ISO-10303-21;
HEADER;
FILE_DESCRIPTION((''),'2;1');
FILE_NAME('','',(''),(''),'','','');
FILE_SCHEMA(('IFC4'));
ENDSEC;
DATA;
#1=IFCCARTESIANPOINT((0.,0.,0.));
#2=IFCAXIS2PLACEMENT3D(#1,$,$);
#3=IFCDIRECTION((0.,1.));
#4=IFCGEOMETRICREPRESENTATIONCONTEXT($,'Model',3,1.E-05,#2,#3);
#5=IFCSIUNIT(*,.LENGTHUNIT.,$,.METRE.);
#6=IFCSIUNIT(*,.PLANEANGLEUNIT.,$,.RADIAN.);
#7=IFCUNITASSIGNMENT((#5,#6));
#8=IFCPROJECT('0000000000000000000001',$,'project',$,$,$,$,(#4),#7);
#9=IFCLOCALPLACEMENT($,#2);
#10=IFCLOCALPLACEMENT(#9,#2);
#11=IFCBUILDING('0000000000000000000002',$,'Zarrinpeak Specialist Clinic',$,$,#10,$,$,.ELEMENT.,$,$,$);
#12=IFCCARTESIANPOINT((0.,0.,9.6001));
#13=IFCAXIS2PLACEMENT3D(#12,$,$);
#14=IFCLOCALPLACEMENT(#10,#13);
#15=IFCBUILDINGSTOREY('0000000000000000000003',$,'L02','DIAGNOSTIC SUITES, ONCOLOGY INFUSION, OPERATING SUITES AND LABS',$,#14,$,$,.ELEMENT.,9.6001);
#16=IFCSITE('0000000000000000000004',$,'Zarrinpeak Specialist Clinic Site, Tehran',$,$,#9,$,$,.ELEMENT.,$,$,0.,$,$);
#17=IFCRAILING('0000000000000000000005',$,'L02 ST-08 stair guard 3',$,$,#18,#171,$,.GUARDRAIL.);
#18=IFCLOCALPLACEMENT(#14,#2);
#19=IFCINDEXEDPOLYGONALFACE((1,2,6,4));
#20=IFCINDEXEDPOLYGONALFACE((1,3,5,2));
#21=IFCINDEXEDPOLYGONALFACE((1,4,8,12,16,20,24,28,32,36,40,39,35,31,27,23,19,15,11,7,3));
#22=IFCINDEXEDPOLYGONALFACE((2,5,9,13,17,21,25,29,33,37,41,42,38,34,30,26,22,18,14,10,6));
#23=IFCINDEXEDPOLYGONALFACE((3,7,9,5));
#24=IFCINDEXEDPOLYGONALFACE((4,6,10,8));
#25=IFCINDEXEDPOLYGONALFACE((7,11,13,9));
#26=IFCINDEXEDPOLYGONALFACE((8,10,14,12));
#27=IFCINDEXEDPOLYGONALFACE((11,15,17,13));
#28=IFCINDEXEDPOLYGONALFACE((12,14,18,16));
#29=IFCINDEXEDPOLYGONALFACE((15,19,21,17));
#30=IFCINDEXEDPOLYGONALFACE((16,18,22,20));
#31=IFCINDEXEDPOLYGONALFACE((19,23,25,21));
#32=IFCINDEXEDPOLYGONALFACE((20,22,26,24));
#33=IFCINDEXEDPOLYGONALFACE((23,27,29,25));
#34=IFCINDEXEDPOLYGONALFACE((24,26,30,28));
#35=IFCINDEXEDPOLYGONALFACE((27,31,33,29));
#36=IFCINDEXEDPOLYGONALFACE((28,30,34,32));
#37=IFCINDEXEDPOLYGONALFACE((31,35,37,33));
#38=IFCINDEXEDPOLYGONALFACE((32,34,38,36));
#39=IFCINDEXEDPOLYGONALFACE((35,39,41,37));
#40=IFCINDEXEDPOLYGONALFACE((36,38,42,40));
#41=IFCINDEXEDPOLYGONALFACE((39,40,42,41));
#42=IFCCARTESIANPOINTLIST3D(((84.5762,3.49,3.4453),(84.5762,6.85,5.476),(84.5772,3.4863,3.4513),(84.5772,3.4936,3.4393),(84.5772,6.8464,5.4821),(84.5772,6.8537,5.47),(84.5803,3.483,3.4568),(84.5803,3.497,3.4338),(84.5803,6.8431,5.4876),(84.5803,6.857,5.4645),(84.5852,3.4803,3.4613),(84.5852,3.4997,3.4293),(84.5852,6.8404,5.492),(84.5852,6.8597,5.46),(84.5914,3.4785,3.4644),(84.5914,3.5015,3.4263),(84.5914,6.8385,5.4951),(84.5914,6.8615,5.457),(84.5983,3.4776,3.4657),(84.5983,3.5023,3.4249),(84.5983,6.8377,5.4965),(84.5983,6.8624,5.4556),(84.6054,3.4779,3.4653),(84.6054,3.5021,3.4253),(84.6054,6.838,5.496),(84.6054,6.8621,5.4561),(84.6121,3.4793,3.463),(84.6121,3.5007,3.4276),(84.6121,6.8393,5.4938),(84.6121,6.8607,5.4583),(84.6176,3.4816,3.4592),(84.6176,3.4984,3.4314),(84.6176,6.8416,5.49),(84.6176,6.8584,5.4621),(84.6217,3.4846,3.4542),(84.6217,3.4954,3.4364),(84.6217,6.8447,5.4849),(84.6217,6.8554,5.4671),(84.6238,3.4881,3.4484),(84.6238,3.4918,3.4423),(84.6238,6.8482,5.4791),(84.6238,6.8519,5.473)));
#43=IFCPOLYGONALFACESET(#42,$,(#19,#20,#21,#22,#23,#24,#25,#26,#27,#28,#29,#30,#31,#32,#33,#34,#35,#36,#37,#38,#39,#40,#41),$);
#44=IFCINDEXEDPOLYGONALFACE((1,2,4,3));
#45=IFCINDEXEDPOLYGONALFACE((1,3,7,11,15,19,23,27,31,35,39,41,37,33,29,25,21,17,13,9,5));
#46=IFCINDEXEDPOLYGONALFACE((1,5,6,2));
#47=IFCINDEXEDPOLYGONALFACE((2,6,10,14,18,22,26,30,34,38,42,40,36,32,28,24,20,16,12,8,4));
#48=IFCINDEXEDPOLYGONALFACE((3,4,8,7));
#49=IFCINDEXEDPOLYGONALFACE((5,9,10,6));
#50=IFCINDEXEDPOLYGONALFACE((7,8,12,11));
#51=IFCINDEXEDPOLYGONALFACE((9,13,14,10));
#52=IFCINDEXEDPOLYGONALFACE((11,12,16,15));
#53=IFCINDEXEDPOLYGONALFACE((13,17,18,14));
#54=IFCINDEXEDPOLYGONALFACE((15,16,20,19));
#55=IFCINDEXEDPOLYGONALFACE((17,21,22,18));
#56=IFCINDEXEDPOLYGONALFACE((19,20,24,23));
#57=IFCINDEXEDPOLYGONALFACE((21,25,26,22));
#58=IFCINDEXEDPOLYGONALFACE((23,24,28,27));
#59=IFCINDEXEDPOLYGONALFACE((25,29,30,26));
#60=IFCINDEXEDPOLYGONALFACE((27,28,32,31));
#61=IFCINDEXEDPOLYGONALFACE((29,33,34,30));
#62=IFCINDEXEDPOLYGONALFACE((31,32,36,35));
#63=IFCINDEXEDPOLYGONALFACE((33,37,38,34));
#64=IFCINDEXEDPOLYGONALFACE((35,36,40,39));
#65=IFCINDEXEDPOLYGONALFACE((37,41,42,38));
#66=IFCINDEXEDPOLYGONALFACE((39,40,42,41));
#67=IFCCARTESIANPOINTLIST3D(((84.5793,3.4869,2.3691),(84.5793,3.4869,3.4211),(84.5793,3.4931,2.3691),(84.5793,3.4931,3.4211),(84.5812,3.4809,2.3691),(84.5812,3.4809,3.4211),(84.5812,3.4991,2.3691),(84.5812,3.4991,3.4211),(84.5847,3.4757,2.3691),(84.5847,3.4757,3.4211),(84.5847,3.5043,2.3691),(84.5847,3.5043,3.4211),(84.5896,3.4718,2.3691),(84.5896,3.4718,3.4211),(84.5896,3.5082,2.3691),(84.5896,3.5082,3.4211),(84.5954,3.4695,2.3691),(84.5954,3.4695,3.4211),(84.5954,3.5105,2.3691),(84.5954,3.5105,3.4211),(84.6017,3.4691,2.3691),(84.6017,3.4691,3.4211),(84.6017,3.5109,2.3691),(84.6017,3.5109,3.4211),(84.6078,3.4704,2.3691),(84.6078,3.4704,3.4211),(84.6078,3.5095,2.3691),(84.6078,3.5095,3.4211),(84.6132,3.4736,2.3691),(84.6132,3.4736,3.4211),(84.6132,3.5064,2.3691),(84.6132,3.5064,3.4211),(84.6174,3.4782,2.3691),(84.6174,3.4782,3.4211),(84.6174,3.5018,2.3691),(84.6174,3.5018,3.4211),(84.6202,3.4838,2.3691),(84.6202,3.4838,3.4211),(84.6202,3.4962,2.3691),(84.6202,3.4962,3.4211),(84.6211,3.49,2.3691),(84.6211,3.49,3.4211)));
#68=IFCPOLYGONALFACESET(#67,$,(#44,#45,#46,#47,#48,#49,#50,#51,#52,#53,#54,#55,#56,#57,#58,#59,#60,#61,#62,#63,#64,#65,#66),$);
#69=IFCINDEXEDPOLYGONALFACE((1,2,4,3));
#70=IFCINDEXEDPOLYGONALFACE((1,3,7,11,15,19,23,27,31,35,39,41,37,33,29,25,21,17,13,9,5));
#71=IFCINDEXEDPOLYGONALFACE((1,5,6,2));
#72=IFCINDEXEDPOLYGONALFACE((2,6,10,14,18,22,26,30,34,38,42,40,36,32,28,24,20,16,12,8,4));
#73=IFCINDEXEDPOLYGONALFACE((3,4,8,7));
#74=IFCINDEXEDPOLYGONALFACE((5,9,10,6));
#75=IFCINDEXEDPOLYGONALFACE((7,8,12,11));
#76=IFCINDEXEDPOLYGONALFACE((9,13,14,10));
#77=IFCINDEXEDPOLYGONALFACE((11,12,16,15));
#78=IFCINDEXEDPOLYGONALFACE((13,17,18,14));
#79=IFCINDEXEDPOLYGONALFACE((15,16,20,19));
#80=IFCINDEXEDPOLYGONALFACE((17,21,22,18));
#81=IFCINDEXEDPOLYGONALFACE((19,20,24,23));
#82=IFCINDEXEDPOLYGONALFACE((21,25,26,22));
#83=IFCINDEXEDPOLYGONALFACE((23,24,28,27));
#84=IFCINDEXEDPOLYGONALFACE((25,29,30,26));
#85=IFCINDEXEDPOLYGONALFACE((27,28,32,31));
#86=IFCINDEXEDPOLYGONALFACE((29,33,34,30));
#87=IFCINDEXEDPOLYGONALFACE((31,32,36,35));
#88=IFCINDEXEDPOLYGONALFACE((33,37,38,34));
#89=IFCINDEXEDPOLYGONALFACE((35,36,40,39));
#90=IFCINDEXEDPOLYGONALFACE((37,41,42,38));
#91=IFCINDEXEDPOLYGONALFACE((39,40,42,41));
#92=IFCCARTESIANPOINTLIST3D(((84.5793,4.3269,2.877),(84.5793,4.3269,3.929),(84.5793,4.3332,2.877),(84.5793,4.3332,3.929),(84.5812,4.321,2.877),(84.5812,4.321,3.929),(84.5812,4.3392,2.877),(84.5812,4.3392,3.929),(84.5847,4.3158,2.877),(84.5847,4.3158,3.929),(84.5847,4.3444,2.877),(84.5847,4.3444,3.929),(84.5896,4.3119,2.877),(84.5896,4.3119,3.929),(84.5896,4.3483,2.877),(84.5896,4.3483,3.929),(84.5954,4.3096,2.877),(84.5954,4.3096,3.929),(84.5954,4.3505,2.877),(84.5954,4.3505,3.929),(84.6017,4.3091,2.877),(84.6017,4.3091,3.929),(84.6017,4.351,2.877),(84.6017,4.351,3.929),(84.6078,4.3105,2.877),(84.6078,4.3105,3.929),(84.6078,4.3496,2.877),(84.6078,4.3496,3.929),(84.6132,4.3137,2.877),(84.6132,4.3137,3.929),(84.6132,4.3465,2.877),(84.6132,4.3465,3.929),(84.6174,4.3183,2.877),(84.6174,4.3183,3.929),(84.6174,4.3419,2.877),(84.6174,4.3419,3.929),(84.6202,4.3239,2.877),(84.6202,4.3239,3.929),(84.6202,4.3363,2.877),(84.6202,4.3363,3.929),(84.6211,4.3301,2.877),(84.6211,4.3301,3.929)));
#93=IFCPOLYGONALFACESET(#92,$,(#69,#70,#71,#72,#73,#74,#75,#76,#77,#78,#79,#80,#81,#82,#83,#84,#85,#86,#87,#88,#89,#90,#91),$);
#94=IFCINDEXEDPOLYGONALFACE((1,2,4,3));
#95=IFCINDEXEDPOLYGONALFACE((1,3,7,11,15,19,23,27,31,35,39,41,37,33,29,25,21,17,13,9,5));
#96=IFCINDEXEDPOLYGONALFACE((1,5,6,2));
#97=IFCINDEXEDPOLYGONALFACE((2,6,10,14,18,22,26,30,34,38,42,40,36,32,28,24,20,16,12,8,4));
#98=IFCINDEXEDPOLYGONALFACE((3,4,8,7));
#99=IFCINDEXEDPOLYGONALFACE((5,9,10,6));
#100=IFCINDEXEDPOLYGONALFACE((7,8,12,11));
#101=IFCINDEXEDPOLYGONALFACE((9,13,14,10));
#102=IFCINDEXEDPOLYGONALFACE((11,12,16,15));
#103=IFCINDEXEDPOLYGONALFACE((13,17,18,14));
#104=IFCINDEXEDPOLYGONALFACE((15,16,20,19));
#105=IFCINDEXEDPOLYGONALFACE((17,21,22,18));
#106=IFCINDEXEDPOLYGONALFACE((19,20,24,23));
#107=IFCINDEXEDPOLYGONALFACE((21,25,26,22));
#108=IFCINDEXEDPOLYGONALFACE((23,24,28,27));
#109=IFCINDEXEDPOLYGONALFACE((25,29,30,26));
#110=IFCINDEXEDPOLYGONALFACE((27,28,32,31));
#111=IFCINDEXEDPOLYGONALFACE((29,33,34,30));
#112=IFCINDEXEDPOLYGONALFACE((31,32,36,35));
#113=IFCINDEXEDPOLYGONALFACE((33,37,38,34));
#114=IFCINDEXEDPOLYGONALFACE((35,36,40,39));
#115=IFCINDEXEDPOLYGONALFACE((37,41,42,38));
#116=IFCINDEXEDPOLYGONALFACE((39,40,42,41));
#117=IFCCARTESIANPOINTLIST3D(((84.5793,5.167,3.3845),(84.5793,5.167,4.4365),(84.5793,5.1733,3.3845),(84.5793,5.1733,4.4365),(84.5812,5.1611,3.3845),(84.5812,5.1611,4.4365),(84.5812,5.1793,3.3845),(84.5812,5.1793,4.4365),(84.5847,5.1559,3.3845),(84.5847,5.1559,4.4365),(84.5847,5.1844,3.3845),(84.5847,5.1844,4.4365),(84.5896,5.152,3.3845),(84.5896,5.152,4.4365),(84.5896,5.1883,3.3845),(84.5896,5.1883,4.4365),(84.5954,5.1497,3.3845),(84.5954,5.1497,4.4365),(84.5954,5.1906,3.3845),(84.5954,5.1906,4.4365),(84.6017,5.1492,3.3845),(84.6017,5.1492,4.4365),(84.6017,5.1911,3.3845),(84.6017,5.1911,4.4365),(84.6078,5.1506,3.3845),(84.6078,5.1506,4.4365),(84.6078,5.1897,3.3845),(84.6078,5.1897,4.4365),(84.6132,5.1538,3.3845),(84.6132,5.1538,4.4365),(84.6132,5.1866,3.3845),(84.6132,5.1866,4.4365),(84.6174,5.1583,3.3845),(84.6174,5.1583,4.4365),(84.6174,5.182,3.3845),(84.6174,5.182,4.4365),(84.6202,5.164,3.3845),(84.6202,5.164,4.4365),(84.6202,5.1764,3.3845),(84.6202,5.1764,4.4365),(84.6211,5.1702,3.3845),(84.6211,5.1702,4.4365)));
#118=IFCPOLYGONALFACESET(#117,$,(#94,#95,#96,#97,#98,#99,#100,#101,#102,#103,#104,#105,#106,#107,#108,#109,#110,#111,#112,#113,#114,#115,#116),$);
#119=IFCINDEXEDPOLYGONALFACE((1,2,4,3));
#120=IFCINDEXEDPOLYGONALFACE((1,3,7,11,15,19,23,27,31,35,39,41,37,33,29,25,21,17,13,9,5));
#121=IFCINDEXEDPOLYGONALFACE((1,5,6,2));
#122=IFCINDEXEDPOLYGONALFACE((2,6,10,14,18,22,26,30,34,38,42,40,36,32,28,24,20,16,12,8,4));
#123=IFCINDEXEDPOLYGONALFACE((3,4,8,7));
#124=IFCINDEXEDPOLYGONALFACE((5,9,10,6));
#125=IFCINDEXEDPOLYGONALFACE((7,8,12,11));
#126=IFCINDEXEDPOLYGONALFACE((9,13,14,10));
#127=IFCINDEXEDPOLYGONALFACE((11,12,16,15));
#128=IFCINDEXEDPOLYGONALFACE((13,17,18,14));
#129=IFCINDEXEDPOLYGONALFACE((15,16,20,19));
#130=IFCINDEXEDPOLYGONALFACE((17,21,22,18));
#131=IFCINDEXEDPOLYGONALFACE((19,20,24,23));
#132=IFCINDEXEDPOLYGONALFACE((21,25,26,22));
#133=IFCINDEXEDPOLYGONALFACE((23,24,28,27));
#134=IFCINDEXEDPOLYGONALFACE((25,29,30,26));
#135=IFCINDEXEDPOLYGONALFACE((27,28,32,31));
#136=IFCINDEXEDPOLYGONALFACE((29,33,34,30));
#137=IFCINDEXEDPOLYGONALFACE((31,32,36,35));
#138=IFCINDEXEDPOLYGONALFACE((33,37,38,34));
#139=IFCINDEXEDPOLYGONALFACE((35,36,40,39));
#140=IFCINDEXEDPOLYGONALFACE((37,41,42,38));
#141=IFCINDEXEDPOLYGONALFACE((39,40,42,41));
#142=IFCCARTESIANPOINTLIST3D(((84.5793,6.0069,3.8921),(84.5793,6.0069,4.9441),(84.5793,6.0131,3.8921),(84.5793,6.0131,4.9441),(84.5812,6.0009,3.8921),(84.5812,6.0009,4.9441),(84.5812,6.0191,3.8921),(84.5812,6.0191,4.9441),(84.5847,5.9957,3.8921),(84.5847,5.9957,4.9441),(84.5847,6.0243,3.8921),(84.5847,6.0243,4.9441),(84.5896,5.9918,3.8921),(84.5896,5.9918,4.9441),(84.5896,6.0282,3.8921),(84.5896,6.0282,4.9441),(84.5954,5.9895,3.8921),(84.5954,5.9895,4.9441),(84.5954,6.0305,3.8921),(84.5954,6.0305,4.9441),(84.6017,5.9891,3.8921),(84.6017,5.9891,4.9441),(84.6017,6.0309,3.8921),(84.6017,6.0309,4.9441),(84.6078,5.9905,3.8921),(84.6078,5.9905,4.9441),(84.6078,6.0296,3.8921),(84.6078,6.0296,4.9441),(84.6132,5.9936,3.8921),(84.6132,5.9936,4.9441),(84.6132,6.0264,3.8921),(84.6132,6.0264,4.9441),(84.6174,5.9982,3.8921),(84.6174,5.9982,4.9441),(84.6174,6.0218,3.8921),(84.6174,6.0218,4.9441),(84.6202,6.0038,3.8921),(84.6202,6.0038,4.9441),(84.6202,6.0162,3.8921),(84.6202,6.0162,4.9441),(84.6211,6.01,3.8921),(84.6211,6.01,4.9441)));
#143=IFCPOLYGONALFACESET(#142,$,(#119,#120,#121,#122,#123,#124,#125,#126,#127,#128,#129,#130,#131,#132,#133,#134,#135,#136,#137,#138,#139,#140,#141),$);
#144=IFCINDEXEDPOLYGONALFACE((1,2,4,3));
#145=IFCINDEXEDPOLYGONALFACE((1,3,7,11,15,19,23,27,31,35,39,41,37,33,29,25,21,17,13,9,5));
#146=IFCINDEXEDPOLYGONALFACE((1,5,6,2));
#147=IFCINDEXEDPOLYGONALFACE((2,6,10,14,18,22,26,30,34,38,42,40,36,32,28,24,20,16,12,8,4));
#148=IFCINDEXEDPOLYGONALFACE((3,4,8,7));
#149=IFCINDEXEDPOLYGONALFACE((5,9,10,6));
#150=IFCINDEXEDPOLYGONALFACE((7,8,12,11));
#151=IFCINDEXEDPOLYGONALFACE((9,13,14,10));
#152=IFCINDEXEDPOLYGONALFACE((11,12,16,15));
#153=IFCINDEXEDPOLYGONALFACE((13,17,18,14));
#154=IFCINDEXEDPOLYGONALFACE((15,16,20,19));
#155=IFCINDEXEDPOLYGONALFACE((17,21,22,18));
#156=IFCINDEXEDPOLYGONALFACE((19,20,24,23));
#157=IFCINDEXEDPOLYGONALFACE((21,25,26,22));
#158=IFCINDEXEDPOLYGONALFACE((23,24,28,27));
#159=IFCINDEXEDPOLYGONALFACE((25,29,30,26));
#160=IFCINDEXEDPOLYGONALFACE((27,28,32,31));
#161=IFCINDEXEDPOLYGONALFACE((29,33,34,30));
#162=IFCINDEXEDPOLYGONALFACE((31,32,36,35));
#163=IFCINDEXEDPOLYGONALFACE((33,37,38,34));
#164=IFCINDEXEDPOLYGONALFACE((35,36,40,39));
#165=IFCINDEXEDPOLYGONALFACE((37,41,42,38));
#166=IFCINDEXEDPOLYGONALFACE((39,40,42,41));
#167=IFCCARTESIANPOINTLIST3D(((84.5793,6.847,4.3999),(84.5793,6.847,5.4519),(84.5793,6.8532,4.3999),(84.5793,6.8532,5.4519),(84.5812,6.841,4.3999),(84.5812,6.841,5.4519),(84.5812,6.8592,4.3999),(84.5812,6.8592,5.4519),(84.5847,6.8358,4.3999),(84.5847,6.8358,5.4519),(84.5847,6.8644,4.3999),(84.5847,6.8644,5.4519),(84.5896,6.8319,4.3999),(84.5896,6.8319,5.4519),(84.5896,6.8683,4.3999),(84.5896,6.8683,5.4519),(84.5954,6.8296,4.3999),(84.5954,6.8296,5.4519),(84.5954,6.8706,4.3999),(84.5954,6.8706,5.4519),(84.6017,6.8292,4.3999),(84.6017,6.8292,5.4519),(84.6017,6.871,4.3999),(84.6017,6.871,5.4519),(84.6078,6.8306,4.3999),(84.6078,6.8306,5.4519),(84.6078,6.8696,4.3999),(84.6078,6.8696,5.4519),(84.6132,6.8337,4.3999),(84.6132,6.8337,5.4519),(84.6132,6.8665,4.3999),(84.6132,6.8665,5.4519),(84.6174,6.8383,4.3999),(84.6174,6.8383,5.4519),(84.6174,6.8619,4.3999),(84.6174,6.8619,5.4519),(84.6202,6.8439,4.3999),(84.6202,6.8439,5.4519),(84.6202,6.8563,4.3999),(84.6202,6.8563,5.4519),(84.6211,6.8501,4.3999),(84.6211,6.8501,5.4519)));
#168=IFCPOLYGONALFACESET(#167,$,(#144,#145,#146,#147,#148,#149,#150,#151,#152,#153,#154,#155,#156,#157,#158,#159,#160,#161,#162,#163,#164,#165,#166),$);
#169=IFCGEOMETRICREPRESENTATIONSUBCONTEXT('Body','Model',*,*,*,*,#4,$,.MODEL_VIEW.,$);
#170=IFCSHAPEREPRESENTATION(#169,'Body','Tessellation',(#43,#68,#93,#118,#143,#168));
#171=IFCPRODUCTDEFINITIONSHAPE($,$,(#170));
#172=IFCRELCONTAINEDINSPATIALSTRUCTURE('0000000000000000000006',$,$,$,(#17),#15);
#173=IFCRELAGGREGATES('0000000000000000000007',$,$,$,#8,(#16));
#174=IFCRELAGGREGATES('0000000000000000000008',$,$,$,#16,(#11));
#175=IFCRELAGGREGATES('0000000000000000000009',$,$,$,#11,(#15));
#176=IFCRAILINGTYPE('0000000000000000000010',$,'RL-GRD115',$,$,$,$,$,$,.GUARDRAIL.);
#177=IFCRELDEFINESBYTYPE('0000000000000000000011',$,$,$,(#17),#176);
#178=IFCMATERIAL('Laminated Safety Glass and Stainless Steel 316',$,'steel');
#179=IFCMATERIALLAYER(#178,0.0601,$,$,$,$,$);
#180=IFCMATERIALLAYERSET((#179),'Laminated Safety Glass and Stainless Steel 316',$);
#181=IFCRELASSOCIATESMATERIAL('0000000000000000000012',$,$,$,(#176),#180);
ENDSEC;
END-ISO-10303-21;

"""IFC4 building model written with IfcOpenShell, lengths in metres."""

from ifc_helpers import new_model, si_unit, direction, frame, origin, origin_2d, place, context, subcontext, project, spatial, circle, extrude, material, layer, layer_set, type_object, element, save


model = new_model("IFC4")

# Units and contexts
model_context = context("Model", 3, precision=1e-05, world=origin(), true_north=direction((0.0, 1.0)))
body_context = subcontext(model_context, "Body", "Model", "MODEL_VIEW")
ifc_project = project(units=[si_unit("LENGTHUNIT", "METRE"), si_unit("PLANEANGLEUNIT", "RADIAN")], contexts=[model_context])

# Site, building, storey
site_placement = place(None, origin())
site = spatial("IfcSite", under=ifc_project, at=site_placement, Name="Zarrinpeak Specialist Clinic Site, Tehran", CompositionType="ELEMENT", RefElevation=0.0)
building_placement = place(site_placement, origin())
building = spatial("IfcBuilding", under=site, at=building_placement, Name="Zarrinpeak Specialist Clinic", CompositionType="ELEMENT")
storey_placement = place(building_placement, frame((0.0, 0.0, 9.6001)))
storey = spatial("IfcBuildingStorey", under=building, at=storey_placement, Name="L02", Description="DIAGNOSTIC SUITES, ONCOLOGY INFUSION, OPERATING SUITES AND LABS", CompositionType="ELEMENT", Elevation=9.6001)

# Railing
ifc_material_1 = material(Name="Laminated Safety Glass and Stainless Steel 316", Category="steel")
ifc_layer_1 = layer(ifc_material_1, 0.0601)
ifc_layer_set_1 = layer_set([ifc_layer_1], Name="Laminated Safety Glass and Stainless Steel 316")
railing_type_1 = type_object("IfcRailingType", Name="RL-GRD115", PredefinedType="GUARDRAIL", material=ifc_layer_set_1)
railing_1_placement = place(storey_placement, frame((84.6001, 3.49, 2.3691)))
element("IfcRailing", 1, at=railing_1_placement, inside=storey, type_object=railing_type_1, Name="L02 ST-08 stair guard 3", PredefinedType="GUARDRAIL", context=body_context, shape_type="SweptSolid", body=[
    extrude(circle(Radius=0.0239, at=origin_2d()), frame((0.0, 0.0, 1.0762), z_axis=(0.0, 0.855837, 0.517246), x_axis=(-1.0, 0.0, 0.0)), (0.0, 0.0, 1.0), 3.926),
    extrude(circle(Radius=0.021, at=origin_2d()), origin(), (0.0, 0.0, 1.0), 1.052),
    extrude(circle(Radius=0.021, at=origin_2d()), frame((0.0, 0.8401, 0.5078)), (0.0, 0.0, 1.0), 1.052),
    extrude(circle(Radius=0.021, at=origin_2d()), frame((0.0, 1.6802, 1.0154)), (0.0, 0.0, 1.0), 1.052),
    extrude(circle(Radius=0.021, at=origin_2d()), frame((0.0, 2.52, 1.5229)), (0.0, 0.0, 1.0), 1.052),
    extrude(circle(Radius=0.021, at=origin_2d()), frame((0.0, 3.3601, 2.0308)), (0.0, 0.0, 1.0), 1.052),
])

save(model, "model.ifc")
